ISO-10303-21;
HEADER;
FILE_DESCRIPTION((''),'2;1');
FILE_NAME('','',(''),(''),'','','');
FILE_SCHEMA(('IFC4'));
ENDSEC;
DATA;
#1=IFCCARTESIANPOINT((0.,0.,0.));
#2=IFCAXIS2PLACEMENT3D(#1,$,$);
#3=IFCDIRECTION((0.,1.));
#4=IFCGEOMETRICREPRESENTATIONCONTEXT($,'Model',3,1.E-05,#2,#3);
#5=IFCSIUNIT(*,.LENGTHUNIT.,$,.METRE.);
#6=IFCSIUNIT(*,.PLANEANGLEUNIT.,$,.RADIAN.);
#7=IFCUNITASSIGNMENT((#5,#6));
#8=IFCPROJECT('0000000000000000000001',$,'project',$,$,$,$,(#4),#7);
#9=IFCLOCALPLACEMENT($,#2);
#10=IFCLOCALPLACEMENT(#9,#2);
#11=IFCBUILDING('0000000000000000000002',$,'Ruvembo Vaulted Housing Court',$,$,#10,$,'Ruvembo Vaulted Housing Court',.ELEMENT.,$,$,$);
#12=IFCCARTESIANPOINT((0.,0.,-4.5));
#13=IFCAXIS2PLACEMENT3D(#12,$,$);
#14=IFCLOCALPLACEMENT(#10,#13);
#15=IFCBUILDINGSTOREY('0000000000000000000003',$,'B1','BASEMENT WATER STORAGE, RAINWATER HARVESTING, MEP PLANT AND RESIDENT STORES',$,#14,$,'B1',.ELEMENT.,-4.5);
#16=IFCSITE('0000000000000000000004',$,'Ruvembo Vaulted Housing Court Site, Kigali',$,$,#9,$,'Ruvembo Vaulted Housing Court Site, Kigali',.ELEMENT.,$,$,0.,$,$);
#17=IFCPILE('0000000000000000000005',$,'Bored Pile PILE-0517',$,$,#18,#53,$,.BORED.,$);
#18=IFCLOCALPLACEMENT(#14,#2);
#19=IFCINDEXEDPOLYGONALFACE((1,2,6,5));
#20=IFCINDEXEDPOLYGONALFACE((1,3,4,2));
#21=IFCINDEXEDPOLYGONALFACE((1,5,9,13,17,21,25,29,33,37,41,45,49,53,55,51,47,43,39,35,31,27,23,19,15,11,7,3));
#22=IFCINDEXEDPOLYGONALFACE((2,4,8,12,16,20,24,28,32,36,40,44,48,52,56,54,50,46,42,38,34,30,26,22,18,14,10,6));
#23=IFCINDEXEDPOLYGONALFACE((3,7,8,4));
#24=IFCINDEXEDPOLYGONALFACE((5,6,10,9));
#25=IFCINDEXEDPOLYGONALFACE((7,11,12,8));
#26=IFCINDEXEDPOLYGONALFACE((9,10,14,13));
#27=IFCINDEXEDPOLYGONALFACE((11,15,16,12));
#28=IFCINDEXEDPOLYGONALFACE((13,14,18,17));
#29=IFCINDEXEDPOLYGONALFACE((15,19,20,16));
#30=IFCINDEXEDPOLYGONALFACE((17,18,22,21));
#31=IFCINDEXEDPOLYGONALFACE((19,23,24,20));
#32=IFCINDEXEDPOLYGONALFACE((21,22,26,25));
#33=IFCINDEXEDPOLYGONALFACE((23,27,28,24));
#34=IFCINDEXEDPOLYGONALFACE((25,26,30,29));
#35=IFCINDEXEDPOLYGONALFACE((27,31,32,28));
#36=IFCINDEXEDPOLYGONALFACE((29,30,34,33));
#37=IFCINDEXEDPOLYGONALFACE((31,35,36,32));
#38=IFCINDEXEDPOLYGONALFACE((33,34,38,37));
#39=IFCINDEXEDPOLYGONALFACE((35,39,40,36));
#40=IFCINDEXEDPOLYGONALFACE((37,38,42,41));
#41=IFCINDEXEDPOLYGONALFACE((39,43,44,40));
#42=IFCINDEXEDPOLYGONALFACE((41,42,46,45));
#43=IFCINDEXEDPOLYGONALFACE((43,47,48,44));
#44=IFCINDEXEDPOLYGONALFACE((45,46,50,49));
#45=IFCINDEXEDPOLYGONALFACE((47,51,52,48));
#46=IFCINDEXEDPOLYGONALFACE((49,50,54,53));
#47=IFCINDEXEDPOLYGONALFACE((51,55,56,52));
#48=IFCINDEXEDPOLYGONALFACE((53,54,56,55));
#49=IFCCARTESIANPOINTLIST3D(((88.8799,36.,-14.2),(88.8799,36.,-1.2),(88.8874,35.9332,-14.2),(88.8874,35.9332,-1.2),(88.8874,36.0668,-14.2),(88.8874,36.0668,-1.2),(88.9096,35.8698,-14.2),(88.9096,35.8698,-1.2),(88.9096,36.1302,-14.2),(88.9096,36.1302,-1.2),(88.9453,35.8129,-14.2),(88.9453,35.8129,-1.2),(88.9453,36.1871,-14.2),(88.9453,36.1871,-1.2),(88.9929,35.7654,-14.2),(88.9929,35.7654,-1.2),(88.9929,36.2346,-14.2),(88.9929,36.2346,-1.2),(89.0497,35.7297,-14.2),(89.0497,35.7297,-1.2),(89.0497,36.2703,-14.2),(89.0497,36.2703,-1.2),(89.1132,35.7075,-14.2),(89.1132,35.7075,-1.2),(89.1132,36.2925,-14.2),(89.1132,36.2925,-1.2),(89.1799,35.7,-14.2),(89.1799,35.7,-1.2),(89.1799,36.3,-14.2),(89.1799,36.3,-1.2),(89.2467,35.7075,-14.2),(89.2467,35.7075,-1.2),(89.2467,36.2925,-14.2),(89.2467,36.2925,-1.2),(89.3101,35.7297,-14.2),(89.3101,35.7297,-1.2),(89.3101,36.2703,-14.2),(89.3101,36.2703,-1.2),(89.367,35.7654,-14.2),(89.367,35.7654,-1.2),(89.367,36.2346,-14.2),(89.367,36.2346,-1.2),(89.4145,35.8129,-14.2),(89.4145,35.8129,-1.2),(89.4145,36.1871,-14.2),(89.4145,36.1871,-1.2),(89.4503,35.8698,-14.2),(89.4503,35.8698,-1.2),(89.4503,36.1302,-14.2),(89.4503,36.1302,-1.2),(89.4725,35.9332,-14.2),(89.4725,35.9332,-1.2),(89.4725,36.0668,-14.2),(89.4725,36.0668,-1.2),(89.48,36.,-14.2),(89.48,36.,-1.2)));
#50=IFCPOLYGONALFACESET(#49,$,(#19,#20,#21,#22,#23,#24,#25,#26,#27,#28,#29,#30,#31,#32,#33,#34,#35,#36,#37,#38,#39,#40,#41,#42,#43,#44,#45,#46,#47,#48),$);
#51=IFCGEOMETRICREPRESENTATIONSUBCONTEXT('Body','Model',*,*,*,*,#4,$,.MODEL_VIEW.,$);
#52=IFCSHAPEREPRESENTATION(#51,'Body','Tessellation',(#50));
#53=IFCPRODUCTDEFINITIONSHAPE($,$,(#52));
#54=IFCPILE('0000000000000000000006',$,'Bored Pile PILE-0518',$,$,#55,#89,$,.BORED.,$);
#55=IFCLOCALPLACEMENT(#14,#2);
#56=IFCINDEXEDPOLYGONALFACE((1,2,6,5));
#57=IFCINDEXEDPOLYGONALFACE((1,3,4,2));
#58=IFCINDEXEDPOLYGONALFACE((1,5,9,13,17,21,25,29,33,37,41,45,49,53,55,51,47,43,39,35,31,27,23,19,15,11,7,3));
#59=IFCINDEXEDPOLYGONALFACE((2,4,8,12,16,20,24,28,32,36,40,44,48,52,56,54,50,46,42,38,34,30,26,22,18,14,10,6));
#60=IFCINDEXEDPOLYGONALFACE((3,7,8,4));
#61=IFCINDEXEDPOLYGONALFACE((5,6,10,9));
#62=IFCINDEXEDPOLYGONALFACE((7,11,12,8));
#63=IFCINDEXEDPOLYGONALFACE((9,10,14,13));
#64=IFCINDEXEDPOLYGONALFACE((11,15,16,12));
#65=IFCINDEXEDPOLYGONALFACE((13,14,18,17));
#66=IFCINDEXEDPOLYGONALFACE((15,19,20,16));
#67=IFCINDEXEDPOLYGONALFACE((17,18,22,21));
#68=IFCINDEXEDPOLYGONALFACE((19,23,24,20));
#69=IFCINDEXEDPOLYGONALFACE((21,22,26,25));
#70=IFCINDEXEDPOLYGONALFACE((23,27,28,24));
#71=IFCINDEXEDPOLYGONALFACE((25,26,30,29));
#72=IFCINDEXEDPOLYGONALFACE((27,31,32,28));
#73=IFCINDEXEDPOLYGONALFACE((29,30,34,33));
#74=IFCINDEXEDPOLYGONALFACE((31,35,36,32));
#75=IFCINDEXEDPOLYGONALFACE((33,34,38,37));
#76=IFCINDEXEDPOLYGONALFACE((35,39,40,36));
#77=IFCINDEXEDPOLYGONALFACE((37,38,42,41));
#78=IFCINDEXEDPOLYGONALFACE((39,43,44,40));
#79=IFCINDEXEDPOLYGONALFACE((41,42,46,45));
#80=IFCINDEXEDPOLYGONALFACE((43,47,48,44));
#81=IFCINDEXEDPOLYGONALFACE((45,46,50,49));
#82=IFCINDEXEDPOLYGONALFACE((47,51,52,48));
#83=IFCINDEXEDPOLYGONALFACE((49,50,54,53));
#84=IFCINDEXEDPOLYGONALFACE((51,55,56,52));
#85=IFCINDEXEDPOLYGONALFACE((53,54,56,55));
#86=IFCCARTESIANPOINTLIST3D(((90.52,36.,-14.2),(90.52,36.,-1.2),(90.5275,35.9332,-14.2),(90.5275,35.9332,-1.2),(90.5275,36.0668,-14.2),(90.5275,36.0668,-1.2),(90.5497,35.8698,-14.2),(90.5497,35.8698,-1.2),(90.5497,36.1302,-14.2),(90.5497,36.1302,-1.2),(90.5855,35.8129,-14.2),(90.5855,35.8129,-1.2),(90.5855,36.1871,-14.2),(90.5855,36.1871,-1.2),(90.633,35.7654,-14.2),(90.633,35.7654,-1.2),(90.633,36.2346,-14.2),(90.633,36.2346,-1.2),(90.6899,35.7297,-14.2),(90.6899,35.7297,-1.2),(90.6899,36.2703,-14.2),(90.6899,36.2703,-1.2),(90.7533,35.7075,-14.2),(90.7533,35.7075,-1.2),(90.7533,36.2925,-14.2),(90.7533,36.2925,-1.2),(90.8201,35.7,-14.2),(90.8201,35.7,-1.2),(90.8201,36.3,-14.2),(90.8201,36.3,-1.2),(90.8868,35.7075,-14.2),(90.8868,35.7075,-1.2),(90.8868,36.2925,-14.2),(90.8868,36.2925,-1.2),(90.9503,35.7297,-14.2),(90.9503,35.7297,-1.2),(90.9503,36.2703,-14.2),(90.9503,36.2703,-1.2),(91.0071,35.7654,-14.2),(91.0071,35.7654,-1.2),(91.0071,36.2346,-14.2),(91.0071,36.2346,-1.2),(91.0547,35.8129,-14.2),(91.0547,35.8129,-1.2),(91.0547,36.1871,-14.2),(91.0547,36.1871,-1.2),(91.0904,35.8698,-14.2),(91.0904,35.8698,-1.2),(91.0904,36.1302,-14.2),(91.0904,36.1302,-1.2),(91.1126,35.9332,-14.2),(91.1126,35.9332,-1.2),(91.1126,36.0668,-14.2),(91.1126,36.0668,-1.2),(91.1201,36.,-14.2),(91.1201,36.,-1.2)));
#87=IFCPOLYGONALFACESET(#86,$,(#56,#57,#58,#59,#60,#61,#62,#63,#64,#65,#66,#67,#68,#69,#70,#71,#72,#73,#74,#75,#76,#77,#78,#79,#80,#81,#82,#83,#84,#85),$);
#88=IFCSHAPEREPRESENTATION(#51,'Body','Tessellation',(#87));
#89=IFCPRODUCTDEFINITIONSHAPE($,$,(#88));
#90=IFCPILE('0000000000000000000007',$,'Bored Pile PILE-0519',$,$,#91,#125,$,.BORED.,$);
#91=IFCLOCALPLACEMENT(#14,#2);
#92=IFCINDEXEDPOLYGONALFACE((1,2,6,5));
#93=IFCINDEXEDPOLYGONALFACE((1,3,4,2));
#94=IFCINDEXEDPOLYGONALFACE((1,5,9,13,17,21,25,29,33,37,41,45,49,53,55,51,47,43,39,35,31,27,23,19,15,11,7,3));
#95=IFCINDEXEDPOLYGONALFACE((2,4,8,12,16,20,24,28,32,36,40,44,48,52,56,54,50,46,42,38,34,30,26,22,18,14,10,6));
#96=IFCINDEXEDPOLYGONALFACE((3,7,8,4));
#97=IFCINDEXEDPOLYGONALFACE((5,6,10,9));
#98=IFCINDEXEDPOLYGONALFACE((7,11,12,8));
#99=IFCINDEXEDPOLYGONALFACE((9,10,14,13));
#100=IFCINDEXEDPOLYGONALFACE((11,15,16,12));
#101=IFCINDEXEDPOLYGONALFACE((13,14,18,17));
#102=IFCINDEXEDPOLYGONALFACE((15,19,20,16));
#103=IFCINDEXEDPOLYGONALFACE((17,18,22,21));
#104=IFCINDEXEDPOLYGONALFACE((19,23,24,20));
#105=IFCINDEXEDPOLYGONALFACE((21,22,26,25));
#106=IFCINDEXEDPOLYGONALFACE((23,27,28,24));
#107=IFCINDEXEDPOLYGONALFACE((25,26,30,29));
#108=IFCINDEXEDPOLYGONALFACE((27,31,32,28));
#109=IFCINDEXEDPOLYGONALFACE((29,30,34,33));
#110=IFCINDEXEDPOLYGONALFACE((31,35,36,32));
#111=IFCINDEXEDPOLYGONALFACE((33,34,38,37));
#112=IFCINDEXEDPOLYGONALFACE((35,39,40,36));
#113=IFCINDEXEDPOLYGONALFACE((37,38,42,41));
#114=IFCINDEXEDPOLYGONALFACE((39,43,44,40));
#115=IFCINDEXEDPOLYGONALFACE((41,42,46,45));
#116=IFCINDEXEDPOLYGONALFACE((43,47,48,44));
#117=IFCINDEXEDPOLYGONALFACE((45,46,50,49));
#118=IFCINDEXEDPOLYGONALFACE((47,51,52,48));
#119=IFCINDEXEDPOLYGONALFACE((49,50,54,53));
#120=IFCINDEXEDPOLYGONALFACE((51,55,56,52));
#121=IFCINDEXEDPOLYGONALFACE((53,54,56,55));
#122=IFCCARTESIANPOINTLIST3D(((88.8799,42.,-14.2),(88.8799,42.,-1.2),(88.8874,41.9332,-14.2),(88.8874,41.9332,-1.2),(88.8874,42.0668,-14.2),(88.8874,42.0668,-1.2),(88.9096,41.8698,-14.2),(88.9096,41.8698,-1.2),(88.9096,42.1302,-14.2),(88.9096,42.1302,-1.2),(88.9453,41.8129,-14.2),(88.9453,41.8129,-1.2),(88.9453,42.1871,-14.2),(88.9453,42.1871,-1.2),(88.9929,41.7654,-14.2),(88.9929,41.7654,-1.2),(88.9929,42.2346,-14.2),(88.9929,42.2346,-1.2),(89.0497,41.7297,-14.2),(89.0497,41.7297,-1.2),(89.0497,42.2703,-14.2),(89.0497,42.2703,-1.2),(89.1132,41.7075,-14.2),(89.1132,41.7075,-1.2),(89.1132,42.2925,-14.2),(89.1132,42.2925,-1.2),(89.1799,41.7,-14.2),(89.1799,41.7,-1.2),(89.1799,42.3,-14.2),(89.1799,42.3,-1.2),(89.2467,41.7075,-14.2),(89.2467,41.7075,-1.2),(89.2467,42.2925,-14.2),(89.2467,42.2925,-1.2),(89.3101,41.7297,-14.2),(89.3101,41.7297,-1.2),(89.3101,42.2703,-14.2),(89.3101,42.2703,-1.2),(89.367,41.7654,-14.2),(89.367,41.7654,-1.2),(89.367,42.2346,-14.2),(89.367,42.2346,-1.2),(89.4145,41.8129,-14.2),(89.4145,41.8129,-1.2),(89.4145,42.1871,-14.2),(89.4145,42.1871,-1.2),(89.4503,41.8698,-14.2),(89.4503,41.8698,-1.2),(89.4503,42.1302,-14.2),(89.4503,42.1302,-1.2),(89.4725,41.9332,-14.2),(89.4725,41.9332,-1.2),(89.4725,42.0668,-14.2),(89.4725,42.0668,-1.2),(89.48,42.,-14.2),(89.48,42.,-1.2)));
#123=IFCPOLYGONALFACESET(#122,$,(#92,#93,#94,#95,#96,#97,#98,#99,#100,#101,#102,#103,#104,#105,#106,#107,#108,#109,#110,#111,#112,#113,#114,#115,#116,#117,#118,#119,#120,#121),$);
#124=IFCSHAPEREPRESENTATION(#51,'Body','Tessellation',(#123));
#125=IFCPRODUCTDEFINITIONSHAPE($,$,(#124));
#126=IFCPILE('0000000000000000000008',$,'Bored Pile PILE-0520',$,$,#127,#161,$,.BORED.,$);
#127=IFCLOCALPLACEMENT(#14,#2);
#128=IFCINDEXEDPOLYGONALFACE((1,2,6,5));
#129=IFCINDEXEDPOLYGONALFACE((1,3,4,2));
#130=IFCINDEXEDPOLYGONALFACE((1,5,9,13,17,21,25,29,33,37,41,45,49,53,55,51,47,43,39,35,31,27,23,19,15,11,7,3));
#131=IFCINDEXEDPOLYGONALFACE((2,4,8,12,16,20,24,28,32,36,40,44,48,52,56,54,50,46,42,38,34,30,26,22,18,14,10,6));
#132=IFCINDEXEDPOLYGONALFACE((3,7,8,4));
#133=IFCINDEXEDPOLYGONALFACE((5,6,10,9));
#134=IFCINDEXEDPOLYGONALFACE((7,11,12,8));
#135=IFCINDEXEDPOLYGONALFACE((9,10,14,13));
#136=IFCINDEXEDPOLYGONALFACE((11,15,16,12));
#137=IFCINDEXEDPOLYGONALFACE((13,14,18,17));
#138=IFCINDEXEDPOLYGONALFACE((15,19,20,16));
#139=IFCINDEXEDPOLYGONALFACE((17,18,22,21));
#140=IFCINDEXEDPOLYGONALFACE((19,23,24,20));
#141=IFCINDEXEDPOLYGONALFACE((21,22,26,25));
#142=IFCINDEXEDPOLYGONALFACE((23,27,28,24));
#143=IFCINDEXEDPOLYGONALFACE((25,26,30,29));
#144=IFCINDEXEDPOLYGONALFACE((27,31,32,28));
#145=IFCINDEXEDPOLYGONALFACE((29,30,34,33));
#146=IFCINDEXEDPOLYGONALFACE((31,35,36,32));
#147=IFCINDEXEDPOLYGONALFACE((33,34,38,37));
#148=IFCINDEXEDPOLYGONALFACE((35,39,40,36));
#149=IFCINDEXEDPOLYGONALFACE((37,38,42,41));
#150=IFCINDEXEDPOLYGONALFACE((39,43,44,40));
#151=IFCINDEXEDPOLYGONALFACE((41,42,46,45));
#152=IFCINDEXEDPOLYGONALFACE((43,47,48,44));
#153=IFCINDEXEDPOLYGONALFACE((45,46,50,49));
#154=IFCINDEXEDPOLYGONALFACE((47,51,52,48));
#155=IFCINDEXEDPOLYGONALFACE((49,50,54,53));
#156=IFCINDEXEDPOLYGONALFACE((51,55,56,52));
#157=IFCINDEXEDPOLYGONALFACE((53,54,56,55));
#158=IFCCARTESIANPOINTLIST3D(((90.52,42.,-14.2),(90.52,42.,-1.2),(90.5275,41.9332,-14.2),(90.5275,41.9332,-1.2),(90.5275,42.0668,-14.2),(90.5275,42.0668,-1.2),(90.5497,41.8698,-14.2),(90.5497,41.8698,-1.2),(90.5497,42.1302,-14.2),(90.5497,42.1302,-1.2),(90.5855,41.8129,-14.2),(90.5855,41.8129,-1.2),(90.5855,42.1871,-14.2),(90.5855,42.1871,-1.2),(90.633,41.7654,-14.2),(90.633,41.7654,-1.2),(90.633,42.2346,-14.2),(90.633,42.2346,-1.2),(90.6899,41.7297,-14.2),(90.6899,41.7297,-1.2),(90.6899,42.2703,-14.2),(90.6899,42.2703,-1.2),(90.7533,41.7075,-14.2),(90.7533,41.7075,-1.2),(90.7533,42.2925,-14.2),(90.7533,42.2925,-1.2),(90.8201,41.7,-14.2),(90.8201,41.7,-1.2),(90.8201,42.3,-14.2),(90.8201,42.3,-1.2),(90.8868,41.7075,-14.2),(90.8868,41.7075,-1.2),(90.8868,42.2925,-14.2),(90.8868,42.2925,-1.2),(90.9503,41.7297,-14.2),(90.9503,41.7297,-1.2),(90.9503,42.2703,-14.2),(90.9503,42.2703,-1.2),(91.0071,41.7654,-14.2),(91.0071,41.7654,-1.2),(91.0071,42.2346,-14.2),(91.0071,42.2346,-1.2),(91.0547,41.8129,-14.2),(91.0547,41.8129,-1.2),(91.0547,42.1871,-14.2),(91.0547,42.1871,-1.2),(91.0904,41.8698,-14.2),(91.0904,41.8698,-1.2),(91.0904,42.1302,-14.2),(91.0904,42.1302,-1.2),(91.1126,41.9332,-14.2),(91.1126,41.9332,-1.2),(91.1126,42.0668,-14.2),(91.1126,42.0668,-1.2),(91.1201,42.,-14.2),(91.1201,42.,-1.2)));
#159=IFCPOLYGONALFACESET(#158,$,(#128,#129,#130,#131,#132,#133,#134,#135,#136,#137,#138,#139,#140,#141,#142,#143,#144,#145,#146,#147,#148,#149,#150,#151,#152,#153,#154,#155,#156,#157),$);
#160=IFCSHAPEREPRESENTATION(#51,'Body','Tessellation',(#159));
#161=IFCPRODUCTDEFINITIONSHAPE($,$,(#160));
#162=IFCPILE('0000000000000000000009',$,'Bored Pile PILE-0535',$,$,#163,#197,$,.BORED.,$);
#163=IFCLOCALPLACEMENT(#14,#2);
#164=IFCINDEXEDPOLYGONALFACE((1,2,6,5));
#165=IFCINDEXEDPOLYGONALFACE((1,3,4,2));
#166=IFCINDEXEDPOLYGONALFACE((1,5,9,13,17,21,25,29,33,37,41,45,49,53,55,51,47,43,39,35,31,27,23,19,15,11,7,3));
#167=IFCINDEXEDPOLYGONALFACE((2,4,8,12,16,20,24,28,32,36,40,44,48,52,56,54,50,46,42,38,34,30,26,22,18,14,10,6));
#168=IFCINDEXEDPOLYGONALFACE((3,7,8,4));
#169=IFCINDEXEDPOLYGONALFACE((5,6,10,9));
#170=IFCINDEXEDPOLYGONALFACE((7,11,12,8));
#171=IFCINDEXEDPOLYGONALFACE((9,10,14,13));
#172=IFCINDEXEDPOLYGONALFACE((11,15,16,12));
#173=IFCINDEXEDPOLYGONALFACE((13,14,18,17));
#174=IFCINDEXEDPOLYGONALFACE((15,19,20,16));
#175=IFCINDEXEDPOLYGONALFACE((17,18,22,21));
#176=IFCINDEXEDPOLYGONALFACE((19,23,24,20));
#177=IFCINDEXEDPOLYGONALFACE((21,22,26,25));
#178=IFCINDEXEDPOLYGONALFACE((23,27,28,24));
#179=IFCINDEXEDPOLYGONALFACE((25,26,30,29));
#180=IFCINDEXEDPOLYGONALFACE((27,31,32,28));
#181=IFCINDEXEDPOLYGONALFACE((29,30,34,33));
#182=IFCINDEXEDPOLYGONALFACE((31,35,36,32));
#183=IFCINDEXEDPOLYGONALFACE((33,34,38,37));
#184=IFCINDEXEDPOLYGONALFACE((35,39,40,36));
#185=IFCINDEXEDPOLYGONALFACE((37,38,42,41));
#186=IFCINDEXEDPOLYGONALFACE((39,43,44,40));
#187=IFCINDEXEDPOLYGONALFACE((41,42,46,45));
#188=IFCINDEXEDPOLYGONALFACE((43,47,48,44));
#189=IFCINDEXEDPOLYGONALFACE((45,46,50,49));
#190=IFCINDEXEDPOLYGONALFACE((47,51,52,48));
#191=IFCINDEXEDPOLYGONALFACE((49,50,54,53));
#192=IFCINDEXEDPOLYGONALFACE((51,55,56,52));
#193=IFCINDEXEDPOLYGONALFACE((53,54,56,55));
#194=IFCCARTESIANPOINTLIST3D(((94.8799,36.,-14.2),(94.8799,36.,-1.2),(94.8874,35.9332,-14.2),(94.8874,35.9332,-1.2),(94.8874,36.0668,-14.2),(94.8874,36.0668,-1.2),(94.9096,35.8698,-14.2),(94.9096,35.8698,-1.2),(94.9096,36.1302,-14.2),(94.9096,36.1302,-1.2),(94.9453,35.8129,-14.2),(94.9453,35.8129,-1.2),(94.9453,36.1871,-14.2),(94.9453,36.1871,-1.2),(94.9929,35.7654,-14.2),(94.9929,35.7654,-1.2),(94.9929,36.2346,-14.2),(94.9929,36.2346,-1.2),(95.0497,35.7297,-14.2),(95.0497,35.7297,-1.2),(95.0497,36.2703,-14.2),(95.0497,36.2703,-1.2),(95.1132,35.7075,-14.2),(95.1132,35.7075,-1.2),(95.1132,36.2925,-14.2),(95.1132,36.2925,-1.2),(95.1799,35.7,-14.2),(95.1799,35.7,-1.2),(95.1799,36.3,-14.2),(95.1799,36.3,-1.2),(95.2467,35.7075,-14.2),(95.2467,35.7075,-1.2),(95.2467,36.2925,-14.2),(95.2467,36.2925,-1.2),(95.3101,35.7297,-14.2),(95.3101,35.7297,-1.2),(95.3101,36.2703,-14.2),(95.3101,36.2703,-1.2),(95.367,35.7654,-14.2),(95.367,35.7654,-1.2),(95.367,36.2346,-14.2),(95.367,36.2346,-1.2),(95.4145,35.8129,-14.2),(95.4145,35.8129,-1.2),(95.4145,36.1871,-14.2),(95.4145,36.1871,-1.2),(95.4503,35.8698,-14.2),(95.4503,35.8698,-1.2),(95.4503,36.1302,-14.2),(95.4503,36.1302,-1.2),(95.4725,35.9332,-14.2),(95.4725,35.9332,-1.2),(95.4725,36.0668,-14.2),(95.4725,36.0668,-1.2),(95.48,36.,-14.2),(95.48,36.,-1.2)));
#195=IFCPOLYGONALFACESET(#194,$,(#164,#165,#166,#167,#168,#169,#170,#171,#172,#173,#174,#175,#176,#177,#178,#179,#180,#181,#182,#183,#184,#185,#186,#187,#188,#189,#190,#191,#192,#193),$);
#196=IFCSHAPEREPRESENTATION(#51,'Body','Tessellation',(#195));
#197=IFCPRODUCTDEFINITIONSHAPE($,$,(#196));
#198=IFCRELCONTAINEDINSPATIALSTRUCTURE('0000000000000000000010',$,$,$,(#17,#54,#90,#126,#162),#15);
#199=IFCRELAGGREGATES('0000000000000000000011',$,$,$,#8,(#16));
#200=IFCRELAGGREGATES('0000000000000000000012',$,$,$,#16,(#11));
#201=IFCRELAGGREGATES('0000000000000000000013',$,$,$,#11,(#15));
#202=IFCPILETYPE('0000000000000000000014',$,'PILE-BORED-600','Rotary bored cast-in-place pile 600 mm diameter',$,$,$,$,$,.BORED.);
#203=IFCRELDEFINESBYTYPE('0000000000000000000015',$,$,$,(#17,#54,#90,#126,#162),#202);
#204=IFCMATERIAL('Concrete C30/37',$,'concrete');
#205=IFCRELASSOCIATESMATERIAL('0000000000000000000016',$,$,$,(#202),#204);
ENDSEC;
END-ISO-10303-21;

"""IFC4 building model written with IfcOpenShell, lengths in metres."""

from ifc_helpers import new_model, si_unit, direction, frame, origin, origin_2d, place, context, subcontext, project, spatial, circle, extrude, material, material_profile, profile_set, type_object, element, save


model = new_model("IFC4")

# Units and contexts
model_context = context("Model", 3, precision=1e-05, world=origin(), true_north=direction((0.0, 1.0)))
body_context = subcontext(model_context, "Body", "Model", "MODEL_VIEW")
ifc_project = project(units=[si_unit("LENGTHUNIT", "METRE"), si_unit("PLANEANGLEUNIT", "RADIAN")], contexts=[model_context])

# Site, building, storey
site_placement = place(None, origin())
site = spatial("IfcSite", under=ifc_project, at=site_placement, Name="Ruvembo Vaulted Housing Court Site, Kigali", LongName="Ruvembo Vaulted Housing Court Site, Kigali", CompositionType="ELEMENT", RefElevation=0.0)
building_placement = place(site_placement, origin())
building = spatial("IfcBuilding", under=site, at=building_placement, Name="Ruvembo Vaulted Housing Court", LongName="Ruvembo Vaulted Housing Court", CompositionType="ELEMENT")
storey_placement = place(building_placement, frame((0.0, 0.0, -4.5)))
storey = spatial("IfcBuildingStorey", under=building, at=storey_placement, Name="B1", Description="BASEMENT WATER STORAGE, RAINWATER HARVESTING, MEP PLANT AND RESIDENT STORES", LongName="B1", CompositionType="ELEMENT", Elevation=-4.5)

# Piles
ifc_material_1 = material(Name="Concrete C30/37", Category="concrete")
ifc_material_profile_1 = material_profile(ifc_material_1, circle(Radius=0.3, at=origin_2d()), Name="PILE D600")
ifc_profile_set_1 = profile_set([ifc_material_profile_1], Name="Concrete C30/37")
pile_type = type_object("IfcPileType", Name="PILE-BORED-600", Description="Rotary bored cast-in-place pile 600 mm diameter", PredefinedType="BORED", material=ifc_profile_set_1)
for number, where, z_axis, x_axis, name in (
    (1, (89.1799, 36.0, -1.2), (0.0, 0.0, -1.0), (1.0, 0.0, 0.0), "Bored Pile PILE-0517"),
    (2, (90.8201, 36.0, -1.2), (0.0, 0.0, -1.0), (1.0, 0.0, 0.0), "Bored Pile PILE-0518"),
    (3, (89.1799, 42.0, -1.2), (0.0, 0.0, -1.0), (1.0, 0.0, 0.0), "Bored Pile PILE-0519"),
    (4, (90.8201, 42.0, -1.2), (0.0, 0.0, -1.0), (1.0, 0.0, 0.0), "Bored Pile PILE-0520"),
    (5, (95.1799, 36.0, -1.2), (0.0, 0.0, -1.0), (1.0, 0.0, 0.0), "Bored Pile PILE-0535"),
):
    element("IfcPile", number, at=place(storey_placement, frame(where, z_axis=z_axis, x_axis=x_axis)), inside=storey, type_object=pile_type, Name=name, PredefinedType="BORED", context=body_context, shape_type="SweptSolid", body=[
        extrude(circle(Radius=0.3, at=origin_2d()), origin(), (0.0, 0.0, 1.0), 13.0),
    ])

save(model, "model.ifc")
